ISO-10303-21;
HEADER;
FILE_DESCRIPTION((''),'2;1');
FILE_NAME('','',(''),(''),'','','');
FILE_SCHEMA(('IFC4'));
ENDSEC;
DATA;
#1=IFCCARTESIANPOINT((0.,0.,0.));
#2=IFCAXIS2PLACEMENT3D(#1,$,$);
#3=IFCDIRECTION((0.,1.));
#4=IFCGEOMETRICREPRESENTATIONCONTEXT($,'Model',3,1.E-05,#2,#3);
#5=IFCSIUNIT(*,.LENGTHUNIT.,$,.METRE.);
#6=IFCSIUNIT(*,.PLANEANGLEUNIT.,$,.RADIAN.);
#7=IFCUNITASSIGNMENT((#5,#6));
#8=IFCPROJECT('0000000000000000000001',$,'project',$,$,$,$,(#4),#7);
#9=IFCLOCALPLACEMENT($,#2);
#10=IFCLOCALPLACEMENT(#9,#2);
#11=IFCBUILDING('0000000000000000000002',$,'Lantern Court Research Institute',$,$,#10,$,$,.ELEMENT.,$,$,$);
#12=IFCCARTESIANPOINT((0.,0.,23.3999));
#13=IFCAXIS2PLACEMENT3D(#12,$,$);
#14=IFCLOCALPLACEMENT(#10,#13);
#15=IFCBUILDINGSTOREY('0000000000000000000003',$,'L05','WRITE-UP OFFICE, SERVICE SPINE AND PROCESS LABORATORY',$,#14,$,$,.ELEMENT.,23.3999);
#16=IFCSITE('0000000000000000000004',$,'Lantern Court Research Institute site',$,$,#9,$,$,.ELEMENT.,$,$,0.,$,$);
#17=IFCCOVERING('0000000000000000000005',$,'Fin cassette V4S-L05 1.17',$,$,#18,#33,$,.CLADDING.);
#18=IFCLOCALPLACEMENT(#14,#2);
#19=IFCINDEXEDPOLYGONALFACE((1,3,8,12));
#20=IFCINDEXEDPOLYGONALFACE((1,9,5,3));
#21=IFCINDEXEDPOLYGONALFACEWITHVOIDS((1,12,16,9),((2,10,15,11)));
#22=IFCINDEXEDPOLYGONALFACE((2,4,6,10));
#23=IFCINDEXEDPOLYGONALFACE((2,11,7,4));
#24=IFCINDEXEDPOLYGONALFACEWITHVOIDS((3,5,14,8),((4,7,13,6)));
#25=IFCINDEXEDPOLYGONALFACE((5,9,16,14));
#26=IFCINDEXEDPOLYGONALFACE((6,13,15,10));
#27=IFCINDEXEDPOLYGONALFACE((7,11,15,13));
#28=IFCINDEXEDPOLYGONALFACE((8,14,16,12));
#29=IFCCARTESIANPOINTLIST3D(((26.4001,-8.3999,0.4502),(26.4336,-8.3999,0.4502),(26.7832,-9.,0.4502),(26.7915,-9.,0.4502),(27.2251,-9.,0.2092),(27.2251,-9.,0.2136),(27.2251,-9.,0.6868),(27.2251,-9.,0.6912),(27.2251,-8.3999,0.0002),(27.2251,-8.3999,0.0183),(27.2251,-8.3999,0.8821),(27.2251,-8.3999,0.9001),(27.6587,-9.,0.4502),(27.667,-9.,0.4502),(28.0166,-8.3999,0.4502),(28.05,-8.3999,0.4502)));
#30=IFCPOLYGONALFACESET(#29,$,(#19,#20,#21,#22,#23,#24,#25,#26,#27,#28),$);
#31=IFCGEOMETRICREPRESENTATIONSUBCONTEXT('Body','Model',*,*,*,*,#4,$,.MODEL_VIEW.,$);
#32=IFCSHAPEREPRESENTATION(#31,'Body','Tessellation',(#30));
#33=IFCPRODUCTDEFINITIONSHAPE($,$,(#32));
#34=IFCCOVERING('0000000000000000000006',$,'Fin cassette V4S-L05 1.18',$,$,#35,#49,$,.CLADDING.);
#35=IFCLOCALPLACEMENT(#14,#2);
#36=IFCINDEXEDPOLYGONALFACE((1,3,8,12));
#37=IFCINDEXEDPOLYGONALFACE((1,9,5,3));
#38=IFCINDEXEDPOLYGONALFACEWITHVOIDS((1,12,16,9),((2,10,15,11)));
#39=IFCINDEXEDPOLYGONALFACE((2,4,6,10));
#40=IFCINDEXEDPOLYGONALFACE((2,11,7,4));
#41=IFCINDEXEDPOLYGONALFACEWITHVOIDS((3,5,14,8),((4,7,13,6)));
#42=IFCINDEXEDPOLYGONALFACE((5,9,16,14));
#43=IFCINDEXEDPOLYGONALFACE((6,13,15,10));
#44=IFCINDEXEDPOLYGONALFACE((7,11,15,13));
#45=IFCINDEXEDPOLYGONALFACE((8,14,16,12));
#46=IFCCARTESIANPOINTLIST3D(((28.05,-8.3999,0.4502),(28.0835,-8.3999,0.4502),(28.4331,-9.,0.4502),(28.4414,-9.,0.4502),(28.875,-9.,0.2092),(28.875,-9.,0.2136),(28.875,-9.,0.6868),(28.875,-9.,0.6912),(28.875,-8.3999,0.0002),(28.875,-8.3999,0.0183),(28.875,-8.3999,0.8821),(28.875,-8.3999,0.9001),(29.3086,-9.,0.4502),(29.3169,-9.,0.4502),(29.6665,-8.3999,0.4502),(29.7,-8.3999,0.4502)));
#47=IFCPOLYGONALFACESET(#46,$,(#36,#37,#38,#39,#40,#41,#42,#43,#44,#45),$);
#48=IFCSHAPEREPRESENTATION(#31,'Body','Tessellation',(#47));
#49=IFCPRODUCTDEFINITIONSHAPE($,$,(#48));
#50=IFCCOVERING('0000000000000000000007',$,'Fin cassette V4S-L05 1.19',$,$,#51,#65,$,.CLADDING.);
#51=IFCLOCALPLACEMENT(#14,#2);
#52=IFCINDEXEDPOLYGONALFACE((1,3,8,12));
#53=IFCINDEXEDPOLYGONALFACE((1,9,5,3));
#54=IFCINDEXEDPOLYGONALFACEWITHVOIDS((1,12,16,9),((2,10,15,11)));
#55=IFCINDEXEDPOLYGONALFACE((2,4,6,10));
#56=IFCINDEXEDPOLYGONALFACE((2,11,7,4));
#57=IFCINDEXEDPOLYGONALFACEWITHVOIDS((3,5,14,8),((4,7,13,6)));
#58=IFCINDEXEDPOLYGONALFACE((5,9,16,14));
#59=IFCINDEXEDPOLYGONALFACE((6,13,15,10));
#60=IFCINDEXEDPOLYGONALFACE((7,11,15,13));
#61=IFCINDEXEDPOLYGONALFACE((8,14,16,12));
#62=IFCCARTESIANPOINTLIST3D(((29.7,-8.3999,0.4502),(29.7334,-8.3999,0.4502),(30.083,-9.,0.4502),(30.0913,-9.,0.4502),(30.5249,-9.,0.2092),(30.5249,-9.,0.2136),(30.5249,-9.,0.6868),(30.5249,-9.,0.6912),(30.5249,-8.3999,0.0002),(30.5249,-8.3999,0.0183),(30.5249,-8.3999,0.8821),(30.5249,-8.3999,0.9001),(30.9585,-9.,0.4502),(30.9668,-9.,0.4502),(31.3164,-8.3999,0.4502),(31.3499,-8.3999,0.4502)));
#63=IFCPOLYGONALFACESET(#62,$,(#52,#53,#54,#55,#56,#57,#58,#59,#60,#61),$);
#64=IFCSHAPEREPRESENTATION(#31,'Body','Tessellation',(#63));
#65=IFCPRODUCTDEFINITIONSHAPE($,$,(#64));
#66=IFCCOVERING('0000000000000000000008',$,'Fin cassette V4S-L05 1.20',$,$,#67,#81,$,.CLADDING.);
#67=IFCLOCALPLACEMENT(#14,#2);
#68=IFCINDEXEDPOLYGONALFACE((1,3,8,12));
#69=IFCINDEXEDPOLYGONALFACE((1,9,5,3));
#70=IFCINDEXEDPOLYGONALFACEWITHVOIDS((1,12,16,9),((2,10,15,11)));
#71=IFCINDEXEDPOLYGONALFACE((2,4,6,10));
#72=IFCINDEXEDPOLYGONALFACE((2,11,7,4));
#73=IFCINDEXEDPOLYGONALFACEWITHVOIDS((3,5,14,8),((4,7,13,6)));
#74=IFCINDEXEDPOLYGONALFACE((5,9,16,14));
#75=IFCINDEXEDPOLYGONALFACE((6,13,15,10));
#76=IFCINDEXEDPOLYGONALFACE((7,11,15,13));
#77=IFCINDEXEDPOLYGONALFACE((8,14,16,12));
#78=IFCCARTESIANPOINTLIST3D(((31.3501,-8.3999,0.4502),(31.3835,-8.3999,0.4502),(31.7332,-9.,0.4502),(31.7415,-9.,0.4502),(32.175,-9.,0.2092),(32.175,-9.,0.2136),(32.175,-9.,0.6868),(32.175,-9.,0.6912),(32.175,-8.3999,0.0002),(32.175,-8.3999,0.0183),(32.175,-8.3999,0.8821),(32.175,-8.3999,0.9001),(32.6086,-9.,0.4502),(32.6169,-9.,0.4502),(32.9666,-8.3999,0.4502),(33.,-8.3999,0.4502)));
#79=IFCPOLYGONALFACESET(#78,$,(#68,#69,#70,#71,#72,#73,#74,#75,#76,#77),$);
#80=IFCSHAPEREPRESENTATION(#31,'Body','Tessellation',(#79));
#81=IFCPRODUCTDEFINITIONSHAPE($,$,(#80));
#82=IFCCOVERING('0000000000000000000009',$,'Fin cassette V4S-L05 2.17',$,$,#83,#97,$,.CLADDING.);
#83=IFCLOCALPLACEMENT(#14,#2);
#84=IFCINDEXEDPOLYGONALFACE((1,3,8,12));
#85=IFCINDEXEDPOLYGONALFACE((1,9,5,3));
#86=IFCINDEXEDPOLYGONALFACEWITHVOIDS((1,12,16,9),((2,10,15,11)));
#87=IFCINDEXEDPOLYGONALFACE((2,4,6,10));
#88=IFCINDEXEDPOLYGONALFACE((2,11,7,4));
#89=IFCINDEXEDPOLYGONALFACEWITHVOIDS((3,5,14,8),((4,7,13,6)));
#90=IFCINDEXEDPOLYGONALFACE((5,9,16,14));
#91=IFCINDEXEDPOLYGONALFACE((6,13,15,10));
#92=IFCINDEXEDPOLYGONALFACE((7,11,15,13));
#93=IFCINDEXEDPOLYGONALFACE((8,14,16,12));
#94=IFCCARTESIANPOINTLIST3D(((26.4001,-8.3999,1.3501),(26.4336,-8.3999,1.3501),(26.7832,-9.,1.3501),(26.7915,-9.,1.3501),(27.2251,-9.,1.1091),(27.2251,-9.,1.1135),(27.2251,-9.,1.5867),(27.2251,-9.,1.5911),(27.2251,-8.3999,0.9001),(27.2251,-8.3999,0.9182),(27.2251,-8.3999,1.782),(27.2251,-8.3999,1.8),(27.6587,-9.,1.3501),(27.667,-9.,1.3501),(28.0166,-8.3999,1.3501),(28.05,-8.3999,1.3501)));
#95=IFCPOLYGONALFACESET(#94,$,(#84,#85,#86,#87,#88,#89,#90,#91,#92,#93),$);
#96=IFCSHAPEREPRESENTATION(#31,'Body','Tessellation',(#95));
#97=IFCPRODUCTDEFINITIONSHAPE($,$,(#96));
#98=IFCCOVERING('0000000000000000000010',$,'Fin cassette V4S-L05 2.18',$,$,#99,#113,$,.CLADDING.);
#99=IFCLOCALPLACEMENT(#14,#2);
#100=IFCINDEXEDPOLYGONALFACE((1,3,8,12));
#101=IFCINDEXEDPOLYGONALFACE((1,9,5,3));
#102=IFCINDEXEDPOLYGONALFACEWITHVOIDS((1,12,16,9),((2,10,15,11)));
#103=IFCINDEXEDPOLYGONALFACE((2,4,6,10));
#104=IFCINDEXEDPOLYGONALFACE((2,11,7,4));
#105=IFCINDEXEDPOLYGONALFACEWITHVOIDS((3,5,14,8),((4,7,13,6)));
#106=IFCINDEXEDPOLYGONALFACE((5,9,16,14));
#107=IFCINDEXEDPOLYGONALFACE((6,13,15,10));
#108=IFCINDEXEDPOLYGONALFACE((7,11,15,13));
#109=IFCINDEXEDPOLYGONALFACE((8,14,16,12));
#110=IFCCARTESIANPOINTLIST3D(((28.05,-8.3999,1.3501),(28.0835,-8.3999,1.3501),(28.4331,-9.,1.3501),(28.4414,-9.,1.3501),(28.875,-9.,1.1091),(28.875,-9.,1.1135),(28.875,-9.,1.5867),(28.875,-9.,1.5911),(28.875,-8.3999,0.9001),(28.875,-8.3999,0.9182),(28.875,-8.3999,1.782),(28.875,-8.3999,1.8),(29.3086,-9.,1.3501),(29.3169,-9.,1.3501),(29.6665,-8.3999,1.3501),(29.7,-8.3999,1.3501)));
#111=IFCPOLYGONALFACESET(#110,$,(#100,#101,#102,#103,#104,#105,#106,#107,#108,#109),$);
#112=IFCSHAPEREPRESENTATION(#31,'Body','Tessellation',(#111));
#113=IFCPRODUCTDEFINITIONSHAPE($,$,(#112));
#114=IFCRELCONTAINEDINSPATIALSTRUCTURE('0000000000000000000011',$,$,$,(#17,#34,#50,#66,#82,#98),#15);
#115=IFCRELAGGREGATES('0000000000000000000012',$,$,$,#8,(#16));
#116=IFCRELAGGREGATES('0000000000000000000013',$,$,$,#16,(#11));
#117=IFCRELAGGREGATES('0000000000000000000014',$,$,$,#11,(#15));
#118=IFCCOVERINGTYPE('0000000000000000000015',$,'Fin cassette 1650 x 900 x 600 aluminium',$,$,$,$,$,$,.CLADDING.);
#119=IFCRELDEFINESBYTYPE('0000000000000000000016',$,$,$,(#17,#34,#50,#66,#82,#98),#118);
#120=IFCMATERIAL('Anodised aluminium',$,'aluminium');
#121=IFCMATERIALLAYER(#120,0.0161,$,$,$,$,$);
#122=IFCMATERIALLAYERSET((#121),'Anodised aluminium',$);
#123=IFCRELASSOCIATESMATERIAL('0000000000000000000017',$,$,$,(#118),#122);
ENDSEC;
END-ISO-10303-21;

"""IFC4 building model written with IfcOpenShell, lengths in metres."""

from ifc_helpers import new_model, entity, si_unit, direction, frame, origin, place, context, subcontext, project, spatial, material, layer, layer_set, type_object, element, save


model = new_model("IFC4")

# Units and contexts
model_context = context("Model", 3, precision=1e-05, world=origin(), true_north=direction((0.0, 1.0)))
body_context = subcontext(model_context, "Body", "Model", "MODEL_VIEW")
ifc_project = project(units=[si_unit("LENGTHUNIT", "METRE"), si_unit("PLANEANGLEUNIT", "RADIAN")], contexts=[model_context])

# Site, building, storey
site_placement = place(None, origin())
site = spatial("IfcSite", under=ifc_project, at=site_placement, Name="Lantern Court Research Institute site", CompositionType="ELEMENT", RefElevation=0.0)
building_placement = place(site_placement, origin())
building = spatial("IfcBuilding", under=site, at=building_placement, Name="Lantern Court Research Institute", CompositionType="ELEMENT")
storey_placement = place(building_placement, frame((0.0, 0.0, 23.3999)))
storey = spatial("IfcBuildingStorey", under=building, at=storey_placement, Name="L05", Description="WRITE-UP OFFICE, SERVICE SPINE AND PROCESS LABORATORY", CompositionType="ELEMENT", Elevation=23.3999)

# Coverings
ifc_material_1 = material(Name="Anodised aluminium", Category="aluminium")
ifc_layer_1 = layer(ifc_material_1, 0.0161)
ifc_layer_set_1 = layer_set([ifc_layer_1], Name="Anodised aluminium")
covering_type = type_object("IfcCoveringType", Name="Fin cassette 1650 x 900 x 600 aluminium", PredefinedType="CLADDING", material=ifc_layer_set_1)
covering_1_placement = place(storey_placement, frame((27.2251, -8.3999, 0.4502), z_axis=(0.0, -1.0, 0.0), x_axis=(1.0, 0.0, 0.0)))
cartesian_point_1 = entity("IfcCartesianPoint", [0.825, 0.0])
cartesian_point_2 = entity("IfcCartesianPoint", [0.7915, 0.0])
cartesian_point_3 = entity("IfcCartesianPoint", [0.4419, 0.0])
cartesian_point_4 = entity("IfcCartesianPoint", [0.4336, 0.0])
element("IfcCovering", 1, at=covering_1_placement, inside=storey, type_object=covering_type, Name="Fin cassette V4S-L05 1.17", PredefinedType="CLADDING", context=body_context, shape_type="SweptSolid", body=[
    entity("IfcExtrudedAreaSolidTapered", entity("IfcArbitraryProfileDefWithVoids", "AREA", None, entity("IfcPolyline", [cartesian_point_1, entity("IfcCartesianPoint", [0.0, 0.45]), entity("IfcCartesianPoint", [-0.825, 0.0]), entity("IfcCartesianPoint", [0.0, -0.45]), cartesian_point_1]), [entity("IfcPolyline", [cartesian_point_2, entity("IfcCartesianPoint", [0.0, 0.4319]), entity("IfcCartesianPoint", [-0.7915, 0.0]), entity("IfcCartesianPoint", [0.0, -0.4319]), cartesian_point_2])]), entity("IfcAxis2Placement3D", entity("IfcCartesianPoint", [0.0, 0.0, 0.0])), entity("IfcDirection", [0.0, 0.0, 1.0]), 0.6001, entity("IfcArbitraryProfileDefWithVoids", "AREA", None, entity("IfcPolyline", [cartesian_point_3, entity("IfcCartesianPoint", [0.0, 0.241]), entity("IfcCartesianPoint", [-0.4419, 0.0]), entity("IfcCartesianPoint", [0.0, -0.241]), cartesian_point_3]), [entity("IfcPolyline", [cartesian_point_4, entity("IfcCartesianPoint", [0.0, 0.2366]), entity("IfcCartesianPoint", [-0.4336, 0.0]), entity("IfcCartesianPoint", [0.0, -0.2366]), cartesian_point_4])])),
])
covering_2_placement = place(storey_placement, frame((28.875, -8.3999, 0.4502), z_axis=(0.0, -1.0, 0.0), x_axis=(1.0, 0.0, 0.0)))
cartesian_point_5 = entity("IfcCartesianPoint", [0.825, 0.0])
cartesian_point_6 = entity("IfcCartesianPoint", [0.7915, 0.0])
cartesian_point_7 = entity("IfcCartesianPoint", [0.4419, 0.0])
cartesian_point_8 = entity("IfcCartesianPoint", [0.4336, 0.0])
element("IfcCovering", 2, at=covering_2_placement, inside=storey, type_object=covering_type, Name="Fin cassette V4S-L05 1.18", PredefinedType="CLADDING", context=body_context, shape_type="SweptSolid", body=[
    entity("IfcExtrudedAreaSolidTapered", entity("IfcArbitraryProfileDefWithVoids", "AREA", None, entity("IfcPolyline", [cartesian_point_5, entity("IfcCartesianPoint", [0.0, 0.45]), entity("IfcCartesianPoint", [-0.825, 0.0]), entity("IfcCartesianPoint", [0.0, -0.45]), cartesian_point_5]), [entity("IfcPolyline", [cartesian_point_6, entity("IfcCartesianPoint", [0.0, 0.4319]), entity("IfcCartesianPoint", [-0.7915, 0.0]), entity("IfcCartesianPoint", [0.0, -0.4319]), cartesian_point_6])]), entity("IfcAxis2Placement3D", entity("IfcCartesianPoint", [0.0, 0.0, 0.0])), entity("IfcDirection", [0.0, 0.0, 1.0]), 0.6001, entity("IfcArbitraryProfileDefWithVoids", "AREA", None, entity("IfcPolyline", [cartesian_point_7, entity("IfcCartesianPoint", [0.0, 0.241]), entity("IfcCartesianPoint", [-0.4419, 0.0]), entity("IfcCartesianPoint", [0.0, -0.241]), cartesian_point_7]), [entity("IfcPolyline", [cartesian_point_8, entity("IfcCartesianPoint", [0.0, 0.2366]), entity("IfcCartesianPoint", [-0.4336, 0.0]), entity("IfcCartesianPoint", [0.0, -0.2366]), cartesian_point_8])])),
])
covering_3_placement = place(storey_placement, frame((30.5249, -8.3999, 0.4502), z_axis=(0.0, -1.0, 0.0), x_axis=(1.0, 0.0, 0.0)))
cartesian_point_9 = entity("IfcCartesianPoint", [0.825, 0.0])
cartesian_point_10 = entity("IfcCartesianPoint", [0.7915, 0.0])
cartesian_point_11 = entity("IfcCartesianPoint", [0.4419, 0.0])
cartesian_point_12 = entity("IfcCartesianPoint", [0.4336, 0.0])
element("IfcCovering", 3, at=covering_3_placement, inside=storey, type_object=covering_type, Name="Fin cassette V4S-L05 1.19", PredefinedType="CLADDING", context=body_context, shape_type="SweptSolid", body=[
    entity("IfcExtrudedAreaSolidTapered", entity("IfcArbitraryProfileDefWithVoids", "AREA", None, entity("IfcPolyline", [cartesian_point_9, entity("IfcCartesianPoint", [0.0, 0.45]), entity("IfcCartesianPoint", [-0.825, 0.0]), entity("IfcCartesianPoint", [0.0, -0.45]), cartesian_point_9]), [entity("IfcPolyline", [cartesian_point_10, entity("IfcCartesianPoint", [0.0, 0.4319]), entity("IfcCartesianPoint", [-0.7915, 0.0]), entity("IfcCartesianPoint", [0.0, -0.4319]), cartesian_point_10])]), entity("IfcAxis2Placement3D", entity("IfcCartesianPoint", [0.0, 0.0, 0.0])), entity("IfcDirection", [0.0, 0.0, 1.0]), 0.6001, entity("IfcArbitraryProfileDefWithVoids", "AREA", None, entity("IfcPolyline", [cartesian_point_11, entity("IfcCartesianPoint", [0.0, 0.241]), entity("IfcCartesianPoint", [-0.4419, 0.0]), entity("IfcCartesianPoint", [0.0, -0.241]), cartesian_point_11]), [entity("IfcPolyline", [cartesian_point_12, entity("IfcCartesianPoint", [0.0, 0.2366]), entity("IfcCartesianPoint", [-0.4336, 0.0]), entity("IfcCartesianPoint", [0.0, -0.2366]), cartesian_point_12])])),
])
covering_4_placement = place(storey_placement, frame((32.175, -8.3999, 0.4502), z_axis=(0.0, -1.0, 0.0), x_axis=(1.0, 0.0, 0.0)))
cartesian_point_13 = entity("IfcCartesianPoint", [0.825, 0.0])
cartesian_point_14 = entity("IfcCartesianPoint", [0.7915, 0.0])
cartesian_point_15 = entity("IfcCartesianPoint", [0.4419, 0.0])
cartesian_point_16 = entity("IfcCartesianPoint", [0.4336, 0.0])
element("IfcCovering", 4, at=covering_4_placement, inside=storey, type_object=covering_type, Name="Fin cassette V4S-L05 1.20", PredefinedType="CLADDING", context=body_context, shape_type="SweptSolid", body=[
    entity("IfcExtrudedAreaSolidTapered", entity("IfcArbitraryProfileDefWithVoids", "AREA", None, entity("IfcPolyline", [cartesian_point_13, entity("IfcCartesianPoint", [0.0, 0.45]), entity("IfcCartesianPoint", [-0.825, 0.0]), entity("IfcCartesianPoint", [0.0, -0.45]), cartesian_point_13]), [entity("IfcPolyline", [cartesian_point_14, entity("IfcCartesianPoint", [0.0, 0.4319]), entity("IfcCartesianPoint", [-0.7915, 0.0]), entity("IfcCartesianPoint", [0.0, -0.4319]), cartesian_point_14])]), entity("IfcAxis2Placement3D", entity("IfcCartesianPoint", [0.0, 0.0, 0.0])), entity("IfcDirection", [0.0, 0.0, 1.0]), 0.6001, entity("IfcArbitraryProfileDefWithVoids", "AREA", None, entity("IfcPolyline", [cartesian_point_15, entity("IfcCartesianPoint", [0.0, 0.241]), entity("IfcCartesianPoint", [-0.4419, 0.0]), entity("IfcCartesianPoint", [0.0, -0.241]), cartesian_point_15]), [entity("IfcPolyline", [cartesian_point_16, entity("IfcCartesianPoint", [0.0, 0.2366]), entity("IfcCartesianPoint", [-0.4336, 0.0]), entity("IfcCartesianPoint", [0.0, -0.2366]), cartesian_point_16])])),
])
covering_5_placement = place(storey_placement, frame((27.2251, -8.3999, 1.3501), z_axis=(0.0, -1.0, 0.0), x_axis=(1.0, 0.0, 0.0)))
cartesian_point_17 = entity("IfcCartesianPoint", [0.825, 0.0])
cartesian_point_18 = entity("IfcCartesianPoint", [0.7915, 0.0])
cartesian_point_19 = entity("IfcCartesianPoint", [0.4419, 0.0])
cartesian_point_20 = entity("IfcCartesianPoint", [0.4336, 0.0])
element("IfcCovering", 5, at=covering_5_placement, inside=storey, type_object=covering_type, Name="Fin cassette V4S-L05 2.17", PredefinedType="CLADDING", context=body_context, shape_type="SweptSolid", body=[
    entity("IfcExtrudedAreaSolidTapered", entity("IfcArbitraryProfileDefWithVoids", "AREA", None, entity("IfcPolyline", [cartesian_point_17, entity("IfcCartesianPoint", [0.0, 0.45]), entity("IfcCartesianPoint", [-0.825, 0.0]), entity("IfcCartesianPoint", [0.0, -0.45]), cartesian_point_17]), [entity("IfcPolyline", [cartesian_point_18, entity("IfcCartesianPoint", [0.0, 0.4319]), entity("IfcCartesianPoint", [-0.7915, 0.0]), entity("IfcCartesianPoint", [0.0, -0.4319]), cartesian_point_18])]), entity("IfcAxis2Placement3D", entity("IfcCartesianPoint", [0.0, 0.0, 0.0])), entity("IfcDirection", [0.0, 0.0, 1.0]), 0.6001, entity("IfcArbitraryProfileDefWithVoids", "AREA", None, entity("IfcPolyline", [cartesian_point_19, entity("IfcCartesianPoint", [0.0, 0.241]), entity("IfcCartesianPoint", [-0.4419, 0.0]), entity("IfcCartesianPoint", [0.0, -0.241]), cartesian_point_19]), [entity("IfcPolyline", [cartesian_point_20, entity("IfcCartesianPoint", [0.0, 0.2366]), entity("IfcCartesianPoint", [-0.4336, 0.0]), entity("IfcCartesianPoint", [0.0, -0.2366]), cartesian_point_20])])),
])
covering_6_placement = place(storey_placement, frame((28.875, -8.3999, 1.3501), z_axis=(0.0, -1.0, 0.0), x_axis=(1.0, 0.0, 0.0)))
cartesian_point_21 = entity("IfcCartesianPoint", [0.825, 0.0])
cartesian_point_22 = entity("IfcCartesianPoint", [0.7915, 0.0])
cartesian_point_23 = entity("IfcCartesianPoint", [0.4419, 0.0])
cartesian_point_24 = entity("IfcCartesianPoint", [0.4336, 0.0])
element("IfcCovering", 6, at=covering_6_placement, inside=storey, type_object=covering_type, Name="Fin cassette V4S-L05 2.18", PredefinedType="CLADDING", context=body_context, shape_type="SweptSolid", body=[
    entity("IfcExtrudedAreaSolidTapered", entity("IfcArbitraryProfileDefWithVoids", "AREA", None, entity("IfcPolyline", [cartesian_point_21, entity("IfcCartesianPoint", [0.0, 0.45]), entity("IfcCartesianPoint", [-0.825, 0.0]), entity("IfcCartesianPoint", [0.0, -0.45]), cartesian_point_21]), [entity("IfcPolyline", [cartesian_point_22, entity("IfcCartesianPoint", [0.0, 0.4319]), entity("IfcCartesianPoint", [-0.7915, 0.0]), entity("IfcCartesianPoint", [0.0, -0.4319]), cartesian_point_22])]), entity("IfcAxis2Placement3D", entity("IfcCartesianPoint", [0.0, 0.0, 0.0])), entity("IfcDirection", [0.0, 0.0, 1.0]), 0.6001, entity("IfcArbitraryProfileDefWithVoids", "AREA", None, entity("IfcPolyline", [cartesian_point_23, entity("IfcCartesianPoint", [0.0, 0.241]), entity("IfcCartesianPoint", [-0.4419, 0.0]), entity("IfcCartesianPoint", [0.0, -0.241]), cartesian_point_23]), [entity("IfcPolyline", [cartesian_point_24, entity("IfcCartesianPoint", [0.0, 0.2366]), entity("IfcCartesianPoint", [-0.4336, 0.0]), entity("IfcCartesianPoint", [0.0, -0.2366]), cartesian_point_24])])),
])

save(model, "model.ifc")
